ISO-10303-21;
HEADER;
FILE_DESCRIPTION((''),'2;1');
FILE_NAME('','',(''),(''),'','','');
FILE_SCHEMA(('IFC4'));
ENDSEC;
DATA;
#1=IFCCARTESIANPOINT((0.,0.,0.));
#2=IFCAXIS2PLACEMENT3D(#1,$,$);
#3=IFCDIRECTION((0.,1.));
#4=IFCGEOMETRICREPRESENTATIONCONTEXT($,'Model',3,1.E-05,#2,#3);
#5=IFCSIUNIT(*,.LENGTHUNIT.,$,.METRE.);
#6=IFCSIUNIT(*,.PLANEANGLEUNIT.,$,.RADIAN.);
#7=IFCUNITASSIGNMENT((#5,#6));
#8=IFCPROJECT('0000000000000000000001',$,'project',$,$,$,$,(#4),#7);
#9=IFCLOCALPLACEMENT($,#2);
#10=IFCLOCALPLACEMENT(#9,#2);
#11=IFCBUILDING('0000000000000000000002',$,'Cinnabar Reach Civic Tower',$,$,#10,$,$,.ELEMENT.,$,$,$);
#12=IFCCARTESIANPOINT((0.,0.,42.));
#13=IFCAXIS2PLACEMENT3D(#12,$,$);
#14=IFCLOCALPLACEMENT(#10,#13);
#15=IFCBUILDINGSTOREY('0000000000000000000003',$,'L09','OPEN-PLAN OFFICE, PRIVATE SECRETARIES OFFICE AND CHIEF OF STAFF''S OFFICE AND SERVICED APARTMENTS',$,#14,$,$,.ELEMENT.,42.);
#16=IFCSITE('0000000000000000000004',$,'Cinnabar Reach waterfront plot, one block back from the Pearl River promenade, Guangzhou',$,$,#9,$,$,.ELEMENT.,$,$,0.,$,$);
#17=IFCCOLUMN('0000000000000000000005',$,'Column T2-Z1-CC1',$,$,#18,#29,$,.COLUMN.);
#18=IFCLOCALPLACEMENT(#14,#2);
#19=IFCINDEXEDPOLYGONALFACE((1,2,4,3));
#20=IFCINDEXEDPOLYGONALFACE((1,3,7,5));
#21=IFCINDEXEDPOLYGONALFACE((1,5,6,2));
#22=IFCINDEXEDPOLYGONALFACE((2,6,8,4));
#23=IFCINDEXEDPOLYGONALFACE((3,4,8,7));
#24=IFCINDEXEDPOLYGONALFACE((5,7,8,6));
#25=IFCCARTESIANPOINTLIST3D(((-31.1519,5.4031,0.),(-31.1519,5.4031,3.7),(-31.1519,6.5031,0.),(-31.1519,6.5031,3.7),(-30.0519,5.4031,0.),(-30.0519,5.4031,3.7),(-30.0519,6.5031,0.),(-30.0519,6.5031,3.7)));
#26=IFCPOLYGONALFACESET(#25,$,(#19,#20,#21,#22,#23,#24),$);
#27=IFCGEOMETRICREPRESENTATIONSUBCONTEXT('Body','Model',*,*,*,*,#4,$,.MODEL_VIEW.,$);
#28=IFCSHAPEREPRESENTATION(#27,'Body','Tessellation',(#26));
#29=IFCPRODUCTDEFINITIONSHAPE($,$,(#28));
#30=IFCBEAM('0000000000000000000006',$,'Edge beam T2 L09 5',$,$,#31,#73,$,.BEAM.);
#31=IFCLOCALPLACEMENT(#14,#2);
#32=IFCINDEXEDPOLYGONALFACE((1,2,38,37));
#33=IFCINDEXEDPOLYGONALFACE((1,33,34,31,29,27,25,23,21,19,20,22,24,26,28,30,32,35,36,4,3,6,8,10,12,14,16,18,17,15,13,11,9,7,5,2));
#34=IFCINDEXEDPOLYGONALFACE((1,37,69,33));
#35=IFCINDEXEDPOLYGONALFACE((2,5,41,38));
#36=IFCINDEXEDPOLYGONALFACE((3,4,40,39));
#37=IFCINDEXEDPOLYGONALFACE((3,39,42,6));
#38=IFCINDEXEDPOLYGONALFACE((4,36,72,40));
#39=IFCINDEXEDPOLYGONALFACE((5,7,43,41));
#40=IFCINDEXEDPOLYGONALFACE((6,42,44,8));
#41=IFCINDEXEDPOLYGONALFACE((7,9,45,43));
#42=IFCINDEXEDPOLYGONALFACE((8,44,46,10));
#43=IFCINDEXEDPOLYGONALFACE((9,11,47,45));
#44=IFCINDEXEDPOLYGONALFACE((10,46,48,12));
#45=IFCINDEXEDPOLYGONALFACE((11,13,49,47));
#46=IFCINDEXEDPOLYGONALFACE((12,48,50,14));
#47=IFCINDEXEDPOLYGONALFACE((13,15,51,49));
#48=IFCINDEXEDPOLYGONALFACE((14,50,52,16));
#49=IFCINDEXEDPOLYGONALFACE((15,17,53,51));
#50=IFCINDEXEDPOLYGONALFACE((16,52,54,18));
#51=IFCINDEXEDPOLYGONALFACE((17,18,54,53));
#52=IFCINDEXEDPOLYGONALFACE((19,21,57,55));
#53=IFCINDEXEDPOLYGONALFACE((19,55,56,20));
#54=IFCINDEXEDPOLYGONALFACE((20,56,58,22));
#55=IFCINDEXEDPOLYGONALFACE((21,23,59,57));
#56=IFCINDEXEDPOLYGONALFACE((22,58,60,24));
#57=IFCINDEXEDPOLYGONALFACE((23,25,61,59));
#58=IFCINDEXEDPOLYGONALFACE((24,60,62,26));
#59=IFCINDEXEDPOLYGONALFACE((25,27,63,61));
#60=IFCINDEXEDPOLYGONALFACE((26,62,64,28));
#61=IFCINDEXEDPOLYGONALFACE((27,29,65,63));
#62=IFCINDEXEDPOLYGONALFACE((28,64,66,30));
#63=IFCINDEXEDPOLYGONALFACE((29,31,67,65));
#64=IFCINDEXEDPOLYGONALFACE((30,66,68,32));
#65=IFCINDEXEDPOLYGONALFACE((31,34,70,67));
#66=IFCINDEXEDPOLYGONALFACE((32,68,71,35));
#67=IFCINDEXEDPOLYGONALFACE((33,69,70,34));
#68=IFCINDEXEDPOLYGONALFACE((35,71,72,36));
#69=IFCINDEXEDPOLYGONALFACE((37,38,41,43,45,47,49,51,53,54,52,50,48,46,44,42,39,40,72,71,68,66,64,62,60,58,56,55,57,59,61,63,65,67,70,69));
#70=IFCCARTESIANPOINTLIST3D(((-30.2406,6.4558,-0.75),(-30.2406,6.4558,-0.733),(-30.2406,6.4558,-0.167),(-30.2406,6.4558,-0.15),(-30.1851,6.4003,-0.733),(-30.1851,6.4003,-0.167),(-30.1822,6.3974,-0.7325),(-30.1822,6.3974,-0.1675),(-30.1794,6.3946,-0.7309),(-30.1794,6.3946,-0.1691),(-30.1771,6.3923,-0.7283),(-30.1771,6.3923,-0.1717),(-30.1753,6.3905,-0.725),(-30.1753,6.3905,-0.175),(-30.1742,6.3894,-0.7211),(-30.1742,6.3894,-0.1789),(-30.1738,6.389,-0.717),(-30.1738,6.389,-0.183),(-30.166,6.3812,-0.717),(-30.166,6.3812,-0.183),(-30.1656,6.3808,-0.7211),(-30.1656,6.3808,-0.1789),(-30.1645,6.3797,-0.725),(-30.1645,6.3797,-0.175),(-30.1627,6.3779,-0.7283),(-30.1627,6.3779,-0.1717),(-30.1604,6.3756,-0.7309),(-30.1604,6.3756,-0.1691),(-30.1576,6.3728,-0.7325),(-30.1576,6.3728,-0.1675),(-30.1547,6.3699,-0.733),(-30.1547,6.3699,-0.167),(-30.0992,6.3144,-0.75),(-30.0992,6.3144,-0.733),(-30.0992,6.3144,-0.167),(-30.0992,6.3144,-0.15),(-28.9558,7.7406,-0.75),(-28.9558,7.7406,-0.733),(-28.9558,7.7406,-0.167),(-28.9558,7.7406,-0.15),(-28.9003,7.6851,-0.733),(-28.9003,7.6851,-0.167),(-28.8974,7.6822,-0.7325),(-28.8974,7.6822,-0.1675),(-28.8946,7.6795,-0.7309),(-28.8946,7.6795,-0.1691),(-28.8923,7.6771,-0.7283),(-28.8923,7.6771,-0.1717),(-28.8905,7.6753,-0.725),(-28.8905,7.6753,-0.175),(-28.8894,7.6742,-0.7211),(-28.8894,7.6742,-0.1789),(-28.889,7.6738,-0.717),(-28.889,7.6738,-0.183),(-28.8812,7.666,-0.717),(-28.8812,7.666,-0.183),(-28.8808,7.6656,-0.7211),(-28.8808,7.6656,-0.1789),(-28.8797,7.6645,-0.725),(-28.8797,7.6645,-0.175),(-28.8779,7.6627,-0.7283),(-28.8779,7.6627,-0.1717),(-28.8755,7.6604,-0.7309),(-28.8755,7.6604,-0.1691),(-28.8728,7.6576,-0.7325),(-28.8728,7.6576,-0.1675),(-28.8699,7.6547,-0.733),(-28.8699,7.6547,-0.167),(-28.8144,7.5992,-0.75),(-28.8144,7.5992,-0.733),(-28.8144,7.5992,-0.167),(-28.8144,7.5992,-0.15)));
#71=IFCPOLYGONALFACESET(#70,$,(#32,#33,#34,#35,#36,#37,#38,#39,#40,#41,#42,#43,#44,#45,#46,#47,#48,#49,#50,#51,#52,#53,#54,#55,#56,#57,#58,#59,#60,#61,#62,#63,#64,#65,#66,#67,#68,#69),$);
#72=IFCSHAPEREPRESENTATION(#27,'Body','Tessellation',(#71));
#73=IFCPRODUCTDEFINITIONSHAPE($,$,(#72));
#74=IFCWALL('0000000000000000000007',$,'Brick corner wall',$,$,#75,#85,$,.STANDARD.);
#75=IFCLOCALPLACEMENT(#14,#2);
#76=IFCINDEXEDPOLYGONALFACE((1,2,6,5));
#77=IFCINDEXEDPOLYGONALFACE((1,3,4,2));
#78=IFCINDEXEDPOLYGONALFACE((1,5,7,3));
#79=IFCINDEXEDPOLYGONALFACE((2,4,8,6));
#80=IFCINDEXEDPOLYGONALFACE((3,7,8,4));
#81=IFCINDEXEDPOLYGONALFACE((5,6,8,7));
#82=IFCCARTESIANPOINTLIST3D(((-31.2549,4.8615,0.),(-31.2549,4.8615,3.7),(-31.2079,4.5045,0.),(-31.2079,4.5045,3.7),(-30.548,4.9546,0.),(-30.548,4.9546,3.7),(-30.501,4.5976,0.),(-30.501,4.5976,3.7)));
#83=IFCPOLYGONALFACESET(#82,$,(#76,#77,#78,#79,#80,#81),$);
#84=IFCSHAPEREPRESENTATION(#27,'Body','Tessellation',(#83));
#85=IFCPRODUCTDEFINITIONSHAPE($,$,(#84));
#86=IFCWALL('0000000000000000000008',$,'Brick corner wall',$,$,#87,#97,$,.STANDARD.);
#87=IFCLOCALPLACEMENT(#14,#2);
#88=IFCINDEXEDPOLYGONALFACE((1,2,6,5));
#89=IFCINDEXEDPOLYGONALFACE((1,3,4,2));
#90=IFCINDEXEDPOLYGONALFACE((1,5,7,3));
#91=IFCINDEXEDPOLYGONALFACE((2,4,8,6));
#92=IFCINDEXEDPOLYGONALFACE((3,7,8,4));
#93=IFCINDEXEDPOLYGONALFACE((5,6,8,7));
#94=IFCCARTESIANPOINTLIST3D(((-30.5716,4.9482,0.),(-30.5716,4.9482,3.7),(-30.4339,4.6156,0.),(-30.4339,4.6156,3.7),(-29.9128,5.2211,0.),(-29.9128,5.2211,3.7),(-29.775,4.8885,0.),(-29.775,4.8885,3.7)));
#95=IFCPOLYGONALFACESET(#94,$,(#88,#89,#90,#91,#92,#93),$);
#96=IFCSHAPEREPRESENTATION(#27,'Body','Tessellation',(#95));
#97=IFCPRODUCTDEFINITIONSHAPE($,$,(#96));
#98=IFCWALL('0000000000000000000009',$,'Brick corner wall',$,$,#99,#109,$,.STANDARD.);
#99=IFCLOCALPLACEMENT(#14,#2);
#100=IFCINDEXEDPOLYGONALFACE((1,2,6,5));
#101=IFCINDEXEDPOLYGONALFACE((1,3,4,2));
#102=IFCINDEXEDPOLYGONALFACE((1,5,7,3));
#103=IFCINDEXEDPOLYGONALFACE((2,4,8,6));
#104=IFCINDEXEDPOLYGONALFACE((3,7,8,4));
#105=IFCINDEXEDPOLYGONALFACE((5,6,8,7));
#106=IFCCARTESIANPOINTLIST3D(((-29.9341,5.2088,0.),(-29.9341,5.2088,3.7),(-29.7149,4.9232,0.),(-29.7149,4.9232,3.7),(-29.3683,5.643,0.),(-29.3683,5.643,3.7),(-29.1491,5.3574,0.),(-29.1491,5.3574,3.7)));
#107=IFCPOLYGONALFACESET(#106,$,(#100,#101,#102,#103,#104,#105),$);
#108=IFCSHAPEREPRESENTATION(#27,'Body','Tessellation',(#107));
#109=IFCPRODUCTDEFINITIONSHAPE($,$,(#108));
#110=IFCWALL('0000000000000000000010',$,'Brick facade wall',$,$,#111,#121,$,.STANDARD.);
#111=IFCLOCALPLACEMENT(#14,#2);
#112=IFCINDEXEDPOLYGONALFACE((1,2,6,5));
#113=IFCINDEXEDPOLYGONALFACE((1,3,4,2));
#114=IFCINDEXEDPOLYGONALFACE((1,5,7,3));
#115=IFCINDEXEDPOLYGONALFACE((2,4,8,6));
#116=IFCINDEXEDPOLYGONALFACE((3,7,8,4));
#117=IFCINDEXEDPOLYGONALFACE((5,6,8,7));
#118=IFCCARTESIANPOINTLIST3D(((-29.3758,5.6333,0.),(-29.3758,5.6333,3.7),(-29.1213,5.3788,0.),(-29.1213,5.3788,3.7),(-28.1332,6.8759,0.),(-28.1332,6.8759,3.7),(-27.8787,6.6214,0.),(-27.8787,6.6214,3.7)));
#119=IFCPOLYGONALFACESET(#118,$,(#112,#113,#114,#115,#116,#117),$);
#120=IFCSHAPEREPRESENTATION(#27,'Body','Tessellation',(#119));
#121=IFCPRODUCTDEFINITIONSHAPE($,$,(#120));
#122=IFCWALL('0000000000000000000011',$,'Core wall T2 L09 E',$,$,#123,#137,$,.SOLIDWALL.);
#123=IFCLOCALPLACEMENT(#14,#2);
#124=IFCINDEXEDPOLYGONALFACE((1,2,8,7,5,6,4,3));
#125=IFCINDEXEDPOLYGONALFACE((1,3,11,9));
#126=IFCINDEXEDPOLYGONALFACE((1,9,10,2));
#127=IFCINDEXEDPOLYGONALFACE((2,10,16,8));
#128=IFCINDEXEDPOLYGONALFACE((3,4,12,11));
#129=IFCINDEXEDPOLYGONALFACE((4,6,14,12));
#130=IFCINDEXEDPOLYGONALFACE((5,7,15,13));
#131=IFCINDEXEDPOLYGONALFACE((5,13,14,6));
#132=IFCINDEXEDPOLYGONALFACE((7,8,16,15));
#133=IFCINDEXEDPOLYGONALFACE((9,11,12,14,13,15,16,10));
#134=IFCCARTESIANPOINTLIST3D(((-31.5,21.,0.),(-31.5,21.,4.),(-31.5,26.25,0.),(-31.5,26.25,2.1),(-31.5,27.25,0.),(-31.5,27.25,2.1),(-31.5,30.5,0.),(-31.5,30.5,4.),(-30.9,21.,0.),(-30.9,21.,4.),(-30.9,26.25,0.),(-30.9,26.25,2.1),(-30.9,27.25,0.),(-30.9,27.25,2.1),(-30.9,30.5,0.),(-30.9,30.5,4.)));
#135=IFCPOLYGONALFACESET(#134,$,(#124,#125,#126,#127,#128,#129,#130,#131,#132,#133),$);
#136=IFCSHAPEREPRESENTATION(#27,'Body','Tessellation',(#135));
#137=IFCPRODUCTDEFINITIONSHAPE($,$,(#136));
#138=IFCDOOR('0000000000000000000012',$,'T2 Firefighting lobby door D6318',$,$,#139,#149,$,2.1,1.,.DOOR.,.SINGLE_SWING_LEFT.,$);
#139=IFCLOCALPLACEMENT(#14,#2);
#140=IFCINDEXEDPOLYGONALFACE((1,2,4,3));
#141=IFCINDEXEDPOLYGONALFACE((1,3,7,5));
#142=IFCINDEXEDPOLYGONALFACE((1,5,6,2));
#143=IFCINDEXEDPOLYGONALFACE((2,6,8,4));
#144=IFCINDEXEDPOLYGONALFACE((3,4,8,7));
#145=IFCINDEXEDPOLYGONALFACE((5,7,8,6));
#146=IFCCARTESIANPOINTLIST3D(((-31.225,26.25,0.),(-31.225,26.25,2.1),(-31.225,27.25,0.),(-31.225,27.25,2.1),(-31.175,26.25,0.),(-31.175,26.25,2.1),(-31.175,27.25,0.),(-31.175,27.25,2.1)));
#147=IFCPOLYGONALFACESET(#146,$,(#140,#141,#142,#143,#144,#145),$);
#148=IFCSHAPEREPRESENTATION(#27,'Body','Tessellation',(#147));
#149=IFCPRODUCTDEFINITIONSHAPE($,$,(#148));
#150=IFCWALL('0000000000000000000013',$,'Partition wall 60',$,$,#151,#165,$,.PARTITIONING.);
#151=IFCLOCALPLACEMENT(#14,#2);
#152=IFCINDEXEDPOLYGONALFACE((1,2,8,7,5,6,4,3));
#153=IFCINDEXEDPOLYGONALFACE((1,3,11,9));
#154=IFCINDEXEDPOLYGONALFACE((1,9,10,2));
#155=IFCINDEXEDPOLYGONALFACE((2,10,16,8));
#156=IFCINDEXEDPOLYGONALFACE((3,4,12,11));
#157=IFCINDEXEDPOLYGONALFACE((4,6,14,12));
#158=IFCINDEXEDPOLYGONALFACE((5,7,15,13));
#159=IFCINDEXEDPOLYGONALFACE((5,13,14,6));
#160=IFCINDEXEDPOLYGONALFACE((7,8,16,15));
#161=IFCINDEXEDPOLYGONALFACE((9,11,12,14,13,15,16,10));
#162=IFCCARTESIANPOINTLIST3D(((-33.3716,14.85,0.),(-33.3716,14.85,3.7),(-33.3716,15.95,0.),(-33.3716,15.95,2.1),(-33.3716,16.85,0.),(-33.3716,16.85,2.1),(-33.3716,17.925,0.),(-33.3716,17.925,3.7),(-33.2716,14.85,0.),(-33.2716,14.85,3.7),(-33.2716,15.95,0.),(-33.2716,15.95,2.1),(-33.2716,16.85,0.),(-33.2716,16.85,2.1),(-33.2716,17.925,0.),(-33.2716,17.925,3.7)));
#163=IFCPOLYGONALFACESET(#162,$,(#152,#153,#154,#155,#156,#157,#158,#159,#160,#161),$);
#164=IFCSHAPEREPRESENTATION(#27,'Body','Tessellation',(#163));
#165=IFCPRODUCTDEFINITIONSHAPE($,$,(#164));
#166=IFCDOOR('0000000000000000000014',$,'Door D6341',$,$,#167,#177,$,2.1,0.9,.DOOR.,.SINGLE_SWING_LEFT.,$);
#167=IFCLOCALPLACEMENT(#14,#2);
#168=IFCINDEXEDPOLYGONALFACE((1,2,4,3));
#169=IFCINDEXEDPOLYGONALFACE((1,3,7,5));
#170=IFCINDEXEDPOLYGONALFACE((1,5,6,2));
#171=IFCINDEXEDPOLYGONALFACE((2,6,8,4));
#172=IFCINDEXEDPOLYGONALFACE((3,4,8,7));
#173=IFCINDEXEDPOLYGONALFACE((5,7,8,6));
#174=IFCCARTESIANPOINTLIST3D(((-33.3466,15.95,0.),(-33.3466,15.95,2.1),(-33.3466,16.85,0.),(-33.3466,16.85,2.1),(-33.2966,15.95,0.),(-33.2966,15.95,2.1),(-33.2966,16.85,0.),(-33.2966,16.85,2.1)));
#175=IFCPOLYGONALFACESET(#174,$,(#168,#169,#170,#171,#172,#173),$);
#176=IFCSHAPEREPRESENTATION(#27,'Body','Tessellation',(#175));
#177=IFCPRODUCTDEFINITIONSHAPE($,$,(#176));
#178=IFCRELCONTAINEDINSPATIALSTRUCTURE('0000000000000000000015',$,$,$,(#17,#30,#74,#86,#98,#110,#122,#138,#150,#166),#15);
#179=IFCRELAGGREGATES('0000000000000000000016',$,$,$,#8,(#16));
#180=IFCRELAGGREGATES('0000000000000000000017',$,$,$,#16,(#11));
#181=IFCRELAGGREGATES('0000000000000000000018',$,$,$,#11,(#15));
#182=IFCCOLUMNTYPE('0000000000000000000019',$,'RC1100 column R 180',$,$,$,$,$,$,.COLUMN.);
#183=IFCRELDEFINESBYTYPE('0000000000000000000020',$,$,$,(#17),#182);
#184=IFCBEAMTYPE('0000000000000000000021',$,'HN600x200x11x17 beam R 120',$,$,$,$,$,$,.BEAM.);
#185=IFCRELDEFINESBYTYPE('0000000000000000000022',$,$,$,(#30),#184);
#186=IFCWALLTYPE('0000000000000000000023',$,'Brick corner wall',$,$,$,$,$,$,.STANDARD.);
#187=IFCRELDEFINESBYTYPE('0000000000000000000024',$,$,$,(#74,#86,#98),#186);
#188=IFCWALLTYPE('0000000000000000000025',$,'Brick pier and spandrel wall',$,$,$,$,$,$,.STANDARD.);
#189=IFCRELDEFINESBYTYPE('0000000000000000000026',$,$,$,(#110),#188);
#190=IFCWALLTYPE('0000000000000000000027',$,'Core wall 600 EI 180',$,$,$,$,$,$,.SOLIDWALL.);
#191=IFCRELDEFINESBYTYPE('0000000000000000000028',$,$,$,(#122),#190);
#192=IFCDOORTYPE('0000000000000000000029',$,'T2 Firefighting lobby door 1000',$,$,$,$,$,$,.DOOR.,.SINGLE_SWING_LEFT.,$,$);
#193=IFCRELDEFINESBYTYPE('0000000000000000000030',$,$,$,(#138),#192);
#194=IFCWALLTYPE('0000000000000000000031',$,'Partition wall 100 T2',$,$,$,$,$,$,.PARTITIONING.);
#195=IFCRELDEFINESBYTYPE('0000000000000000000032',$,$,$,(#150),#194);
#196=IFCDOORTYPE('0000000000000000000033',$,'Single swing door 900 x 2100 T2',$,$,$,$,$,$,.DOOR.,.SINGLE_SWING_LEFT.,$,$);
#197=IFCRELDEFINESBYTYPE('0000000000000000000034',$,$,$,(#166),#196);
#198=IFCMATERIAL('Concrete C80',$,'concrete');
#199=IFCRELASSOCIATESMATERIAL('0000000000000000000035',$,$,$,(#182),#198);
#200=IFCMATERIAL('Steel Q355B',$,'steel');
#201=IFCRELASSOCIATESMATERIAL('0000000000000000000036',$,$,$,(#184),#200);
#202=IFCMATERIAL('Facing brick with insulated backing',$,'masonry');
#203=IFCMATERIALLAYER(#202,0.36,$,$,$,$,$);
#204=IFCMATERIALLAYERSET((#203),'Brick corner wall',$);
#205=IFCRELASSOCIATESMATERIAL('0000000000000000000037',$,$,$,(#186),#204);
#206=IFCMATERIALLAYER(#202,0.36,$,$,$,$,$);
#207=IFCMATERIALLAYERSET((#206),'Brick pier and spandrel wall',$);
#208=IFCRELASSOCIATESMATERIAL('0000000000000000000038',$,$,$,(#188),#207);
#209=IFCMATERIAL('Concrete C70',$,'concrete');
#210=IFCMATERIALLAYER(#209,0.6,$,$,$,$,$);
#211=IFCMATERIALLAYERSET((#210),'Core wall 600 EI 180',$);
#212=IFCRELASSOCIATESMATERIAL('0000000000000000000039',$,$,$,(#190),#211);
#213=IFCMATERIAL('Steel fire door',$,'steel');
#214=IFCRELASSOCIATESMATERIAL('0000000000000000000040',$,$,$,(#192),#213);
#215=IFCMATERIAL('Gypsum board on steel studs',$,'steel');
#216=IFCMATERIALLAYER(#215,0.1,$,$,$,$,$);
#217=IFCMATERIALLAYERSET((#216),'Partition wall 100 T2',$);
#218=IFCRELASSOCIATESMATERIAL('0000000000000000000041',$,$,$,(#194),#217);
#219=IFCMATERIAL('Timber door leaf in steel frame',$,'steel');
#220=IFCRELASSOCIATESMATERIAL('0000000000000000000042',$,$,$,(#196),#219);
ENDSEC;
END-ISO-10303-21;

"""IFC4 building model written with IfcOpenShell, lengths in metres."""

from ifc_helpers import new_model, si_unit, direction, frame, frame_2d, origin, origin_2d, place, context, subcontext, project, spatial, rectangle, i_section, extrude, material, layer, layer_set, material_profile, profile_set, type_object, element, fill, save


model = new_model("IFC4")

# Units and contexts
model_context = context("Model", 3, precision=1e-05, world=origin(), true_north=direction((0.0, 1.0)))
body_context = subcontext(model_context, "Body", "Model", "MODEL_VIEW")
ifc_project = project(units=[si_unit("LENGTHUNIT", "METRE"), si_unit("PLANEANGLEUNIT", "RADIAN")], contexts=[model_context])

# Site, building, storey
site_placement = place(None, origin())
site = spatial("IfcSite", under=ifc_project, at=site_placement, Name="Cinnabar Reach waterfront plot, one block back from the Pearl River promenade, Guangzhou", CompositionType="ELEMENT", RefElevation=0.0)
building_placement = place(site_placement, origin())
building = spatial("IfcBuilding", under=site, at=building_placement, Name="Cinnabar Reach Civic Tower", CompositionType="ELEMENT")
storey_placement = place(building_placement, frame((0.0, 0.0, 42.0)))
storey = spatial("IfcBuildingStorey", under=building, at=storey_placement, Name="L09", Description="OPEN-PLAN OFFICE, PRIVATE SECRETARIES OFFICE AND CHIEF OF STAFF'S OFFICE AND SERVICED APARTMENTS", CompositionType="ELEMENT", Elevation=42.0)

# Column
ifc_material_1 = material(Name="Concrete C80", Category="concrete")
ifc_material_profile_1 = material_profile(ifc_material_1, rectangle(XDim=1.1, YDim=1.1, at=origin_2d()), Name="RC1100")
ifc_profile_set_1 = profile_set([ifc_material_profile_1], Name="Concrete C80")
column_type = type_object("IfcColumnType", Name="RC1100 column R 180", PredefinedType="COLUMN", material=ifc_profile_set_1)
column_placement = place(storey_placement, frame((-30.6019, 5.9531, 0.0), z_axis=(0.0, 0.0, 1.0), x_axis=(1.0, 0.0, 0.0)))
element("IfcColumn", 1, at=column_placement, inside=storey, type_object=column_type, Name="Column T2-Z1-CC1", PredefinedType="COLUMN", context=body_context, shape_type="SweptSolid", body=[
    extrude(rectangle(XDim=1.1, YDim=1.1, at=origin_2d()), origin(), (0.0, 0.0, 1.0), 3.7),
])

# Beam
ifc_material_2 = material(Name="Steel Q355B", Category="steel")
ifc_material_profile_2 = material_profile(ifc_material_2, i_section(OverallWidth=0.2, OverallDepth=0.6, WebThickness=0.011, FlangeThickness=0.017, FilletRadius=0.016, at=origin_2d()), Name="HN600x200x11x17")
ifc_profile_set_2 = profile_set([ifc_material_profile_2], Name="Steel Q355B")
beam_type = type_object("IfcBeamType", Name="HN600x200x11x17 beam R 120", PredefinedType="BEAM", material=ifc_profile_set_2)
beam_placement = place(storey_placement, frame((-30.1699, 6.3851, -0.45), z_axis=(0.707107, 0.707107, 0.0), x_axis=(-0.707107, 0.707107, 0.0)))
element("IfcBeam", 2, at=beam_placement, inside=storey, type_object=beam_type, Name="Edge beam T2 L09 5", PredefinedType="BEAM", context=body_context, shape_type="SweptSolid", body=[
    extrude(i_section(OverallWidth=0.2, OverallDepth=0.6, WebThickness=0.011, FlangeThickness=0.017, FilletRadius=0.016, at=origin_2d()), origin(), (0.0, 0.0, 1.0), 1.817),
])

# Walls
ifc_material_3 = material(Name="Facing brick with insulated backing", Category="masonry")
ifc_layer_1 = layer(ifc_material_3, 0.36)
ifc_layer_set_1 = layer_set([ifc_layer_1], Name="Brick corner wall")
wall_type_1 = type_object("IfcWallType", Name="Brick corner wall", PredefinedType="STANDARD", material=ifc_layer_set_1)
for number, where, z_axis, x_axis, name in (
    (3, (-31.2314, 4.683, 0.0), (0.0, 0.0, 1.0), (0.991441, 0.130556, 0.0), "Brick corner wall"),
    (4, (-30.5027, 4.7819, 0.0), (0.0, 0.0, 1.0), (0.923872, 0.382703, 0.0), "Brick corner wall"),
):
    element("IfcWall", number, at=place(storey_placement, frame(where, z_axis=z_axis, x_axis=x_axis)), inside=storey, type_object=wall_type_1, Name=name, PredefinedType="STANDARD", context=body_context, shape_type="SweptSolid", body=[
        extrude(rectangle(XDim=0.7131, YDim=0.36, at=frame_2d((0.3565, 0.0))), origin(), (0.0, 0.0, 1.0), 3.7),
    ])
wall_1_placement = place(storey_placement, frame((-29.8245, 5.066, 0.0), z_axis=(0.0, 0.0, 1.0), x_axis=(0.793322, 0.608802, 0.0)))
element("IfcWall", 5, at=wall_1_placement, inside=storey, type_object=wall_type_1, Name="Brick corner wall", PredefinedType="STANDARD", context=body_context, shape_type="SweptSolid", body=[
    extrude(rectangle(XDim=0.7132, YDim=0.36, at=frame_2d((0.3566, 0.0))), origin(), (0.0, 0.0, 1.0), 3.7),
])
ifc_layer_2 = layer(ifc_material_3, 0.36)
ifc_layer_set_2 = layer_set([ifc_layer_2], Name="Brick pier and spandrel wall")
wall_type_2 = type_object("IfcWallType", Name="Brick pier and spandrel wall", PredefinedType="STANDARD", material=ifc_layer_set_2)
wall_2_placement = place(storey_placement, frame((-29.2486, 5.506, 0.0), z_axis=(0.0, 0.0, 1.0), x_axis=(0.707107, 0.707107, 0.0)))
element("IfcWall", 6, at=wall_2_placement, inside=storey, type_object=wall_type_2, Name="Brick facade wall", PredefinedType="STANDARD", context=body_context, shape_type="SweptSolid", body=[
    extrude(rectangle(XDim=1.7573, YDim=0.36, at=frame_2d((0.8787, 0.0))), origin(), (0.0, 0.0, 1.0), 3.7),
])

# Walls, openings, doors
ifc_material_4 = material(Name="Concrete C70", Category="concrete")
ifc_layer_3 = layer(ifc_material_4, 0.6)
ifc_layer_set_3 = layer_set([ifc_layer_3], Name="Core wall 600 EI 180")
wall_type_3 = type_object("IfcWallType", Name="Core wall 600 EI 180", PredefinedType="SOLIDWALL", material=ifc_layer_set_3)
wall_3_placement = place(storey_placement, frame((-31.2, 21.0, 0.0), z_axis=(0.0, 0.0, 1.0), x_axis=(0.0, 1.0, 0.0)))
wall_3 = element("IfcWall", 7, at=wall_3_placement, inside=storey, type_object=wall_type_3, Name="Core wall T2 L09 E", PredefinedType="SOLIDWALL", context=body_context, shape_type="SweptSolid", body=[
    extrude(rectangle(XDim=9.5, YDim=0.6, at=frame_2d((4.75, 0.0))), origin(), (0.0, 0.0, 1.0), 4.0),
])
opening_1_placement = place(wall_3_placement, frame((5.25, 0.0, 0.0)))
opening_1 = element("IfcOpeningElement", 8, at=opening_1_placement, cuts=wall_3, PredefinedType="OPENING", context=body_context, shape_type="SweptSolid", body=[
    extrude(rectangle(XDim=1.0, YDim=2.1, at=frame_2d((0.5, 1.05))), frame((0.0, 0.31, 0.0), z_axis=(0.0, -1.0, 0.0), x_axis=(1.0, 0.0, 0.0)), (0.0, 0.0, 1.0), 0.62),
])
ifc_material_5 = material(Name="Steel fire door", Category="steel")
door_type_1 = type_object("IfcDoorType", Name="T2 Firefighting lobby door 1000", OperationType="SINGLE_SWING_LEFT", PredefinedType="DOOR", material=ifc_material_5)
door_1_placement = place(opening_1_placement, frame((1.0, 0.0, 0.0), z_axis=(0.0, 0.0, 1.0), x_axis=(-1.0, 0.0, 0.0)))
door_1 = element("IfcDoor", 9, at=door_1_placement, inside=storey, type_object=door_type_1, Name="T2 Firefighting lobby door D6318", OperationType="SINGLE_SWING_LEFT", OverallHeight=2.1, OverallWidth=1.0, PredefinedType="DOOR", context=body_context, shape_type="SweptSolid", body=[
    extrude(rectangle(XDim=1.0, YDim=2.1, at=frame_2d((0.5, 1.05))), frame((0.0, 0.025, 0.0), z_axis=(0.0, -1.0, 0.0), x_axis=(1.0, 0.0, 0.0)), (0.0, 0.0, 1.0), 0.05),
])
fill(opening_1, door_1)
ifc_material_6 = material(Name="Gypsum board on steel studs", Category="steel")
ifc_layer_4 = layer(ifc_material_6, 0.1)
ifc_layer_set_4 = layer_set([ifc_layer_4], Name="Partition wall 100 T2")
wall_type_4 = type_object("IfcWallType", Name="Partition wall 100 T2", PredefinedType="PARTITIONING", material=ifc_layer_set_4)
wall_4_placement = place(storey_placement, frame((-33.3216, 14.85, 0.0), z_axis=(0.0, 0.0, 1.0), x_axis=(0.0, 1.0, 0.0)))
wall_4 = element("IfcWall", 10, at=wall_4_placement, inside=storey, type_object=wall_type_4, Name="Partition wall 60", PredefinedType="PARTITIONING", context=body_context, shape_type="SweptSolid", body=[
    extrude(rectangle(XDim=3.075, YDim=0.1, at=frame_2d((1.5375, 0.0))), origin(), (0.0, 0.0, 1.0), 3.7),
])
opening_2_placement = place(wall_4_placement, frame((1.1, 0.0, 0.0)))
opening_2 = element("IfcOpeningElement", 11, at=opening_2_placement, cuts=wall_4, PredefinedType="OPENING", context=body_context, shape_type="SweptSolid", body=[
    extrude(rectangle(XDim=0.9, YDim=2.1, at=frame_2d((0.45, 1.05))), frame((0.0, 0.06, 0.0), z_axis=(0.0, -1.0, 0.0), x_axis=(1.0, 0.0, 0.0)), (0.0, 0.0, 1.0), 0.12),
])
ifc_material_7 = material(Name="Timber door leaf in steel frame", Category="steel")
door_type_2 = type_object("IfcDoorType", Name="Single swing door 900 x 2100 T2", OperationType="SINGLE_SWING_LEFT", PredefinedType="DOOR", material=ifc_material_7)
door_2_placement = place(opening_2_placement, origin())
door_2 = element("IfcDoor", 12, at=door_2_placement, inside=storey, type_object=door_type_2, Name="Door D6341", OperationType="SINGLE_SWING_LEFT", OverallHeight=2.1, OverallWidth=0.9, PredefinedType="DOOR", context=body_context, shape_type="SweptSolid", body=[
    extrude(rectangle(XDim=0.9, YDim=2.1, at=frame_2d((0.45, 1.05))), frame((0.0, 0.025, 0.0), z_axis=(0.0, -1.0, 0.0), x_axis=(1.0, 0.0, 0.0)), (0.0, 0.0, 1.0), 0.05),
])
fill(opening_2, door_2)

save(model, "model.ifc")
